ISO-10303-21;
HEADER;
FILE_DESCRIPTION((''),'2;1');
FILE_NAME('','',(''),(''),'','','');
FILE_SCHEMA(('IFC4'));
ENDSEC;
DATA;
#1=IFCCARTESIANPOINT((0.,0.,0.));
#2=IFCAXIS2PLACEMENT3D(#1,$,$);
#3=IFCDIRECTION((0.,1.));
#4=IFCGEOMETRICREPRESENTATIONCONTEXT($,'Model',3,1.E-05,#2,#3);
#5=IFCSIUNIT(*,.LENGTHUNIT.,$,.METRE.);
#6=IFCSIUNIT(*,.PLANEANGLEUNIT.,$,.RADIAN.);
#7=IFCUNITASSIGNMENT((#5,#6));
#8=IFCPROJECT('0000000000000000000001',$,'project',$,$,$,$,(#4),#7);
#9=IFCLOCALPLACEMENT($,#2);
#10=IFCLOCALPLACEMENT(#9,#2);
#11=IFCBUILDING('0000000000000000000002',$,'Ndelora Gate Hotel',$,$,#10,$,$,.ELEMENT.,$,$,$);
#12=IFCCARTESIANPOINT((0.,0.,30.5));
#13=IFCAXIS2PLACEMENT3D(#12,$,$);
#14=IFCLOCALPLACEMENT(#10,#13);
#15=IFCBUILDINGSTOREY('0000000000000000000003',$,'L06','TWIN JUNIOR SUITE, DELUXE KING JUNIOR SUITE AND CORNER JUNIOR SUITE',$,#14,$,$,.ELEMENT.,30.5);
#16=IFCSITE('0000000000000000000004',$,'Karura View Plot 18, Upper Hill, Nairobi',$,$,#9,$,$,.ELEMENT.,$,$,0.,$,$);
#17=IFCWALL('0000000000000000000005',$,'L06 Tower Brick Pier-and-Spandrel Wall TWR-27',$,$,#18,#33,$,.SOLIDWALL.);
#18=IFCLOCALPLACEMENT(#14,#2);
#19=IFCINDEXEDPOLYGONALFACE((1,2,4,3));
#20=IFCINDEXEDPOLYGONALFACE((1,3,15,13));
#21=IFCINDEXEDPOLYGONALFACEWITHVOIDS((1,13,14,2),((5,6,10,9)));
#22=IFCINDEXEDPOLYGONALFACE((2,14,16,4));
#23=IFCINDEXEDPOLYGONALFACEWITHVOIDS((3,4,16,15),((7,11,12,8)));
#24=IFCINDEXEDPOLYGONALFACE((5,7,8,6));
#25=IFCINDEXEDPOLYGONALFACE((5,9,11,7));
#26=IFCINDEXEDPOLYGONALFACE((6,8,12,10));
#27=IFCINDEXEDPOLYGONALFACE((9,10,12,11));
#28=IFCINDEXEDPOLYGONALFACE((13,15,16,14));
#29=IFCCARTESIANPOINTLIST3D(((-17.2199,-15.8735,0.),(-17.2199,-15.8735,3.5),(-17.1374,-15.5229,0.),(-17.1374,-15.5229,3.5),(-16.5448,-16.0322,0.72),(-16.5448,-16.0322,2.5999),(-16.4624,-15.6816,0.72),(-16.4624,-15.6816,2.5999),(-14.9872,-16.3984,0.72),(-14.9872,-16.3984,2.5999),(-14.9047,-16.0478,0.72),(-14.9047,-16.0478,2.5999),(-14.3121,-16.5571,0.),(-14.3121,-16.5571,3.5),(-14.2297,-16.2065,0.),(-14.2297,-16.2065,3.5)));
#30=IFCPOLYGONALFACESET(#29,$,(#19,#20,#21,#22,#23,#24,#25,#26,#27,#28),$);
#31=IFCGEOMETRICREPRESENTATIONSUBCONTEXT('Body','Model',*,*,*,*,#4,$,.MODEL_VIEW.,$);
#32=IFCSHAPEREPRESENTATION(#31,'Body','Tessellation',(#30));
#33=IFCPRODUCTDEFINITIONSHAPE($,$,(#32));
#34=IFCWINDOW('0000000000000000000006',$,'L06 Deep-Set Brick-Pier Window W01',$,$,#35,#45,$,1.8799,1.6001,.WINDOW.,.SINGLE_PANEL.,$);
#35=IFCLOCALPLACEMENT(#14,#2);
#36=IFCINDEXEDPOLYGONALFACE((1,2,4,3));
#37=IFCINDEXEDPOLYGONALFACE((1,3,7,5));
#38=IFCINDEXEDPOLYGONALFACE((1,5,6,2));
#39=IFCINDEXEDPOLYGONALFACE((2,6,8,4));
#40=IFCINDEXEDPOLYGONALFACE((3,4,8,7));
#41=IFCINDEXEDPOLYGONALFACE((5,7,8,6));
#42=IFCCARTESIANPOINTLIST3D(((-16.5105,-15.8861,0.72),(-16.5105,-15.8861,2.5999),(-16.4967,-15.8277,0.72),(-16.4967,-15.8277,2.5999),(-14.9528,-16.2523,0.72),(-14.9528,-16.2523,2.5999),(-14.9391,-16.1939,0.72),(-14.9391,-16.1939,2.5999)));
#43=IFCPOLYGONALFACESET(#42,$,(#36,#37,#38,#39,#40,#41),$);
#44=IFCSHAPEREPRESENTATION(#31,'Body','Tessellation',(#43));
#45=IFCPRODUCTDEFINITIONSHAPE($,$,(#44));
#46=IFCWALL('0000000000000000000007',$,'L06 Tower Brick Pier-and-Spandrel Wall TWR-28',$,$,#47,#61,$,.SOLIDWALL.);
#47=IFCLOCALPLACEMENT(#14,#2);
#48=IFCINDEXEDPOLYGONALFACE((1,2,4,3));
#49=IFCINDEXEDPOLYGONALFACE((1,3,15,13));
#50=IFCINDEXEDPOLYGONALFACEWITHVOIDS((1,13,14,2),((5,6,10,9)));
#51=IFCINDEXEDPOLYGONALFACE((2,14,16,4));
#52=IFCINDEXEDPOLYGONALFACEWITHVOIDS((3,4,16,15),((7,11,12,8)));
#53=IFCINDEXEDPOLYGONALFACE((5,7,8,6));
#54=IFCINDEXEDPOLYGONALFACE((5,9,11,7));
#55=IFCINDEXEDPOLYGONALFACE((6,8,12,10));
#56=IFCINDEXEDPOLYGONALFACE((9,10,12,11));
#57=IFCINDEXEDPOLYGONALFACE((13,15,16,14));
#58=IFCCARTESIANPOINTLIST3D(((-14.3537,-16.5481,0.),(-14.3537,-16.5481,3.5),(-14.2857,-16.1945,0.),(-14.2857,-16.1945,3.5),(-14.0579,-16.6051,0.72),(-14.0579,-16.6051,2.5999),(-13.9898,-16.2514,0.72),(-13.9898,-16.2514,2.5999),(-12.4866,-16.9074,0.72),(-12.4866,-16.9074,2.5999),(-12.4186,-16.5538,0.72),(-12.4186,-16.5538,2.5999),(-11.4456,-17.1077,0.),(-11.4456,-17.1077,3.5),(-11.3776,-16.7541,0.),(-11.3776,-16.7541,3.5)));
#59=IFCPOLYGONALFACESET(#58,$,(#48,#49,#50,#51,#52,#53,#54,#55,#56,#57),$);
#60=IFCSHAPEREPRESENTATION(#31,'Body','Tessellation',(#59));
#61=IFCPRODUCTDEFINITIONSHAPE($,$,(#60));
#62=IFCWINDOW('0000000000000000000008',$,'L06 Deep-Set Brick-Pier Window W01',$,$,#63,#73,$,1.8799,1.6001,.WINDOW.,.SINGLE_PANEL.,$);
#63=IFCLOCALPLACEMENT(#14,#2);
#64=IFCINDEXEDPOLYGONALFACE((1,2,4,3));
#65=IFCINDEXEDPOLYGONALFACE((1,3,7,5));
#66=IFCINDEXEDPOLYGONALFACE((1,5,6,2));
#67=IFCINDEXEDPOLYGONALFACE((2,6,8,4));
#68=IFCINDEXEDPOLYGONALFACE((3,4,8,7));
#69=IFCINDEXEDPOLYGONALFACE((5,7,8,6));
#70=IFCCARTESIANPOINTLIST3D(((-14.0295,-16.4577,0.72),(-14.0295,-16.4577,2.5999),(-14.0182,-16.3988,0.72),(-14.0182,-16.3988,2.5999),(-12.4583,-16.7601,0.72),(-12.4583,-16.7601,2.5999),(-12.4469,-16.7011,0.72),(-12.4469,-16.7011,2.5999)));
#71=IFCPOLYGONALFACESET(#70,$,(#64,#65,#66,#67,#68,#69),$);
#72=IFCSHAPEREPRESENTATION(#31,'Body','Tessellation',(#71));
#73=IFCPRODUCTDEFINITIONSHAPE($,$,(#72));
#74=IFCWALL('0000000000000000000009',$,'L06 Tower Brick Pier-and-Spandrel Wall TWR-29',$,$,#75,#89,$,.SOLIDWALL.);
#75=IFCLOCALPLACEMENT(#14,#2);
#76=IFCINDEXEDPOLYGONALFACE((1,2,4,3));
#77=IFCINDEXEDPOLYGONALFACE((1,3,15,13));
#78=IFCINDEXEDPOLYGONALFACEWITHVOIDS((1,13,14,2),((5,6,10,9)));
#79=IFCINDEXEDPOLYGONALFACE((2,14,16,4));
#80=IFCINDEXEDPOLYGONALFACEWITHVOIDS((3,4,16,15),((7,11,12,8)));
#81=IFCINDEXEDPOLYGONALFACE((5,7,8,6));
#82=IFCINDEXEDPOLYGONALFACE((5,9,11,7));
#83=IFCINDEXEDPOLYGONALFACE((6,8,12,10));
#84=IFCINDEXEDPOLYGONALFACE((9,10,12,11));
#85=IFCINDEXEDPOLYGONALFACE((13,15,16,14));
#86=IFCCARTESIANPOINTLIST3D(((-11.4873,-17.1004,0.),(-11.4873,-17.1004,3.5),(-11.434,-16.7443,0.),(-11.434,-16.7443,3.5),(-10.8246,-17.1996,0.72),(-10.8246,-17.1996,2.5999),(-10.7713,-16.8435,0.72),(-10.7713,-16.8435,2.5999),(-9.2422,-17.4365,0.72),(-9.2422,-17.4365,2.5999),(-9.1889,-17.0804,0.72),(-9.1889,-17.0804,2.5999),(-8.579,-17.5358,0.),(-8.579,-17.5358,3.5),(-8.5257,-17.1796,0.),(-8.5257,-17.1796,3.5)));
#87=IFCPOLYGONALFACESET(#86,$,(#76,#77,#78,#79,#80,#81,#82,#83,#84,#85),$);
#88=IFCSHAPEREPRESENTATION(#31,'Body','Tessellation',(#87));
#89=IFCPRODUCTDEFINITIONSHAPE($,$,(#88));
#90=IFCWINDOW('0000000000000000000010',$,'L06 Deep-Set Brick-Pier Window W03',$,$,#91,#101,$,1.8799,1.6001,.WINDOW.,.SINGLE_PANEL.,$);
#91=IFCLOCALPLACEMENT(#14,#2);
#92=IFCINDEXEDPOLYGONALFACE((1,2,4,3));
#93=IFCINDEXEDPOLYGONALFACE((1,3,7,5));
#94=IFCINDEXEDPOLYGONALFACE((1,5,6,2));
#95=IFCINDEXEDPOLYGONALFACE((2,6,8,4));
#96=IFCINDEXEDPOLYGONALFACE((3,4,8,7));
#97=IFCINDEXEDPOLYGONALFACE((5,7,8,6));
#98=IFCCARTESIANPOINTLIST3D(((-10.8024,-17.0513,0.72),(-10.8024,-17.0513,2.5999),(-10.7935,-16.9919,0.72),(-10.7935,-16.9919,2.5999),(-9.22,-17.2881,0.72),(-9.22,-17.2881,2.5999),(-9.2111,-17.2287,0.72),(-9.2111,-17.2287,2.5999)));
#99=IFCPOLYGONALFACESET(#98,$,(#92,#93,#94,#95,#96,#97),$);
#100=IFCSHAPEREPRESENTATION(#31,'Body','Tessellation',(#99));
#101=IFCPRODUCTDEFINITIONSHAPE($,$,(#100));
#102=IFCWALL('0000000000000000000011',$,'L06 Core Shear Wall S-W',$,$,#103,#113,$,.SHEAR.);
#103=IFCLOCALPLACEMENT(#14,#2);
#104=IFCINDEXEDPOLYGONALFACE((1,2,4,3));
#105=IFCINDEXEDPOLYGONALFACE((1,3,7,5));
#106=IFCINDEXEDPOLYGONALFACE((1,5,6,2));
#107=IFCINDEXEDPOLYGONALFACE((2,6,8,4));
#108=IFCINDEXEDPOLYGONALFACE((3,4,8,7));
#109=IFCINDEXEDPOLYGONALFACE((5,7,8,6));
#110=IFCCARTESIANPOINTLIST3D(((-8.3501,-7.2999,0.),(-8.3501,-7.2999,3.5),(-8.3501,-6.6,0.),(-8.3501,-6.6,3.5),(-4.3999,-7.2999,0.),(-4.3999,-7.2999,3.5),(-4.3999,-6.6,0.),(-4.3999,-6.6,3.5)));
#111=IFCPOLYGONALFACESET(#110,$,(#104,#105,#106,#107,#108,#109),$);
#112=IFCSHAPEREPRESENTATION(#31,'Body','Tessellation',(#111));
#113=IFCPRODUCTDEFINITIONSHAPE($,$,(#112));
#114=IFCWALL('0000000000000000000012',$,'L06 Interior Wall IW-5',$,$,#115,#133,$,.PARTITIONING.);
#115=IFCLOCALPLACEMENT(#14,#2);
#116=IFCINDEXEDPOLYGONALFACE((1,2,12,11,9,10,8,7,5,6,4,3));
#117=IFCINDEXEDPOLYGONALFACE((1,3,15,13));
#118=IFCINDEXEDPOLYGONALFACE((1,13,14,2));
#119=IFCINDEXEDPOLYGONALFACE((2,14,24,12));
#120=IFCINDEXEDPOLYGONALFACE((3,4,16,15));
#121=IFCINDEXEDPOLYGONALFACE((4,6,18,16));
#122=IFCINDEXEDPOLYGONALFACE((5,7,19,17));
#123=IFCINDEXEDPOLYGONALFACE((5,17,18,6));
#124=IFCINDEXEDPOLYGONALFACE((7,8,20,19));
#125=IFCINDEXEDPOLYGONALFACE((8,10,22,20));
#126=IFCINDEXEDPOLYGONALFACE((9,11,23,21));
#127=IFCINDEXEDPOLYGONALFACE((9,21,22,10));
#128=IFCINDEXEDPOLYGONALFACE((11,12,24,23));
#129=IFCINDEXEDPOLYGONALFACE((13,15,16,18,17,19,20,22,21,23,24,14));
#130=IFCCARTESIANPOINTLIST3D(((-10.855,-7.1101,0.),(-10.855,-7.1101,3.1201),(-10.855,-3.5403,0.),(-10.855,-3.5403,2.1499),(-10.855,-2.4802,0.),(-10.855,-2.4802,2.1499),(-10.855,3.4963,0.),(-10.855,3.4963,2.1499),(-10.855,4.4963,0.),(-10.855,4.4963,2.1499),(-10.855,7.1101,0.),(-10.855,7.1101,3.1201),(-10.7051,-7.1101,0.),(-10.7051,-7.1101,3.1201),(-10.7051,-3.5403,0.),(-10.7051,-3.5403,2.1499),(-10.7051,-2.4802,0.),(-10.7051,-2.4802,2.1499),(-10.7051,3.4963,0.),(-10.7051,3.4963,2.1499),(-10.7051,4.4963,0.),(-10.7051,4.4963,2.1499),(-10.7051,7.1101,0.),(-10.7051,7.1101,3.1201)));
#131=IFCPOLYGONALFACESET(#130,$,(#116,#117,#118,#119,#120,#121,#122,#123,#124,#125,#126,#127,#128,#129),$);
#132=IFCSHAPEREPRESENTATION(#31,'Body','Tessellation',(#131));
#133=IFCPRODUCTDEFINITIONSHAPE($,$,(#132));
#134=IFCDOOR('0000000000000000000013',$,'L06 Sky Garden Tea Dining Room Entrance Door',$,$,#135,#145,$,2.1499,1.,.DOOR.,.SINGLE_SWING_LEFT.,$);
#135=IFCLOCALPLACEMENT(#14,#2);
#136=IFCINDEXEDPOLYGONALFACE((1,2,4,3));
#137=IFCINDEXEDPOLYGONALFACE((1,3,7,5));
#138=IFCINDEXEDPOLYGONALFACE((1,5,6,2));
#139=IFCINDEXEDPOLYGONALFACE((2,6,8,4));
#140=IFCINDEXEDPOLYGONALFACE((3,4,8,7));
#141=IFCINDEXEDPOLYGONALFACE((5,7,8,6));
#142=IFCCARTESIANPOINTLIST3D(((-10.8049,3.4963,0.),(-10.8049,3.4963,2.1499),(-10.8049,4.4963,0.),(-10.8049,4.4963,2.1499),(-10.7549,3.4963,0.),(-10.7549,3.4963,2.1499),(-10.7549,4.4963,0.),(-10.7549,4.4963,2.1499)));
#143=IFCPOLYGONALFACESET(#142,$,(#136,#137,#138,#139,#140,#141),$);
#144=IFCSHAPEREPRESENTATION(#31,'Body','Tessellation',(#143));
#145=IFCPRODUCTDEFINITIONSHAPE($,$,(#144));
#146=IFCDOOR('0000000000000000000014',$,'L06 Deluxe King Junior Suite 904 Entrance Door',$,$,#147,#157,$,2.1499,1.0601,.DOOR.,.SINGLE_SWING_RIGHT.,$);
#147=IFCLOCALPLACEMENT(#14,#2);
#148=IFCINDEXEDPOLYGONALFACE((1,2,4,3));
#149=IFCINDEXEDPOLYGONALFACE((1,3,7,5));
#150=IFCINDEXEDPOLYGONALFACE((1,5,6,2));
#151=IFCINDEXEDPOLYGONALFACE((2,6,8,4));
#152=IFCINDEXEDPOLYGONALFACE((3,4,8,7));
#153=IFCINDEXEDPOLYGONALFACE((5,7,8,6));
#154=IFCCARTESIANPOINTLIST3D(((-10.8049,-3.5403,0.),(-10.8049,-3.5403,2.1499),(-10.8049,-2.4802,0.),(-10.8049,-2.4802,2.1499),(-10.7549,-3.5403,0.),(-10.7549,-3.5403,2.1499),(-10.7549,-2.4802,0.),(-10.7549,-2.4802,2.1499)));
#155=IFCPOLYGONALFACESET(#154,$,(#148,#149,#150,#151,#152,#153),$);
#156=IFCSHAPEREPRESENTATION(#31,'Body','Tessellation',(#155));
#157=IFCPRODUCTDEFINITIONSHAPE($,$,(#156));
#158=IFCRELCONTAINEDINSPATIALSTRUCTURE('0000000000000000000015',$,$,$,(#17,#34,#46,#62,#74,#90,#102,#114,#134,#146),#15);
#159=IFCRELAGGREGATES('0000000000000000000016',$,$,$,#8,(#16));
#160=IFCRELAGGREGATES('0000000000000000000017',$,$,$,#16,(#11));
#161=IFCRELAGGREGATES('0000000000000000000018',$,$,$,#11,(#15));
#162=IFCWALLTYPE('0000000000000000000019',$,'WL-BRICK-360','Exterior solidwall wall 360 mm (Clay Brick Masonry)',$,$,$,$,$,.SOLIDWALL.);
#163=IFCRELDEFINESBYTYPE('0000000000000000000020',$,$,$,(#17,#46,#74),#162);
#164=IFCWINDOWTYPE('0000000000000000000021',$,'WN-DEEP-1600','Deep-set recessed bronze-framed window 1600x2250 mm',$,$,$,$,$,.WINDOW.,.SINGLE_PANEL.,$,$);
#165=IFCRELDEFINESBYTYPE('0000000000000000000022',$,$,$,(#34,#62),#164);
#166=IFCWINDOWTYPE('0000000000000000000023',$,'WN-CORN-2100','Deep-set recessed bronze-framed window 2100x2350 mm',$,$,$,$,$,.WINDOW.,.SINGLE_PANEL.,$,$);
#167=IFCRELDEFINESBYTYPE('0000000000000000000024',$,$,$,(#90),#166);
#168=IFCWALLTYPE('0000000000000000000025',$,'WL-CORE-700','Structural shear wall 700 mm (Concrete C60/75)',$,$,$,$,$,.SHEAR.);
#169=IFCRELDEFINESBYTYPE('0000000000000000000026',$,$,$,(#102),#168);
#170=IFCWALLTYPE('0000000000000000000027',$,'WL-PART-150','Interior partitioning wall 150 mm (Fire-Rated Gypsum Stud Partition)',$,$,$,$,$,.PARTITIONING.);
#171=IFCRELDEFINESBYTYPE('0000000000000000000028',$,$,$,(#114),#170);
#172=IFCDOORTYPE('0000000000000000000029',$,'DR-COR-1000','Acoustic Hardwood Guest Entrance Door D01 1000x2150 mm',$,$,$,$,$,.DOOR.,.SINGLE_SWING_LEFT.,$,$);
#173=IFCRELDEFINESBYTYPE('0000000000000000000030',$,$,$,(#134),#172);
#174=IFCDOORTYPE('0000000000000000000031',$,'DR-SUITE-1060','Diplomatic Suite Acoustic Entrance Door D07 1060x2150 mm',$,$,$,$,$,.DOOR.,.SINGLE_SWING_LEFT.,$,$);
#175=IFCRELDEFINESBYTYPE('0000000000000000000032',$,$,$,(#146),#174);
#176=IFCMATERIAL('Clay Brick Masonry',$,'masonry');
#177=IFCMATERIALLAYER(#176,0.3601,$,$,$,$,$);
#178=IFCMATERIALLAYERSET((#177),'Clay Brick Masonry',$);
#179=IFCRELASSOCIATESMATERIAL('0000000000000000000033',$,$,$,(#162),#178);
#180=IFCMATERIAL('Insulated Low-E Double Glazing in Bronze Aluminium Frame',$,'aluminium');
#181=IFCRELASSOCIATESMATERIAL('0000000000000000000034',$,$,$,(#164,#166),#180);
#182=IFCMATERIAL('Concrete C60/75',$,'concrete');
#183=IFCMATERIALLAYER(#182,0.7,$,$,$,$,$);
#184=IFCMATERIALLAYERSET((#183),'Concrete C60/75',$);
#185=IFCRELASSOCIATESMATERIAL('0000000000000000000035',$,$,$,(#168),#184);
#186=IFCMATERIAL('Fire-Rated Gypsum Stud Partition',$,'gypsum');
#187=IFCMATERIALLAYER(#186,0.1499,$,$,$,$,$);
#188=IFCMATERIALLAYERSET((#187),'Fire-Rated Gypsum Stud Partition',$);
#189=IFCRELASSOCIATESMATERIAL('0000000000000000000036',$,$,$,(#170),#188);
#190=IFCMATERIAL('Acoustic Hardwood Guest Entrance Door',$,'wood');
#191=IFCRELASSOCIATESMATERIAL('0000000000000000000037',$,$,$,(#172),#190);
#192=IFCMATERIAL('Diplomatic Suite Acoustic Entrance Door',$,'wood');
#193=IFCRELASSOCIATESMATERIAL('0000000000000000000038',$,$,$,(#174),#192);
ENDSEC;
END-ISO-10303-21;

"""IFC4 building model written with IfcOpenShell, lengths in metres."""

from ifc_helpers import new_model, si_unit, direction, frame, frame_2d, origin, place, context, subcontext, project, spatial, rectangle, extrude, material, layer, layer_set, type_object, element, fill, save


model = new_model("IFC4")

# Units and contexts
model_context = context("Model", 3, precision=1e-05, world=origin(), true_north=direction((0.0, 1.0)))
body_context = subcontext(model_context, "Body", "Model", "MODEL_VIEW")
ifc_project = project(units=[si_unit("LENGTHUNIT", "METRE"), si_unit("PLANEANGLEUNIT", "RADIAN")], contexts=[model_context])

# Site, building, storey
site_placement = place(None, origin())
site = spatial("IfcSite", under=ifc_project, at=site_placement, Name="Karura View Plot 18, Upper Hill, Nairobi", CompositionType="ELEMENT", RefElevation=0.0)
building_placement = place(site_placement, origin())
building = spatial("IfcBuilding", under=site, at=building_placement, Name="Ndelora Gate Hotel", CompositionType="ELEMENT")
storey_placement = place(building_placement, frame((0.0, 0.0, 30.5)))
storey = spatial("IfcBuildingStorey", under=building, at=storey_placement, Name="L06", Description="TWIN JUNIOR SUITE, DELUXE KING JUNIOR SUITE AND CORNER JUNIOR SUITE", CompositionType="ELEMENT", Elevation=30.5)

# Walls, openings, windows
ifc_material_1 = material(Name="Clay Brick Masonry", Category="masonry")
ifc_layer_1 = layer(ifc_material_1, 0.3601)
ifc_layer_set_1 = layer_set([ifc_layer_1], Name="Clay Brick Masonry")
wall_type_1 = type_object("IfcWallType", Name="WL-BRICK-360", Description="Exterior solidwall wall 360 mm (Clay Brick Masonry)", PredefinedType="SOLIDWALL", material=ifc_layer_set_1)
wall_1_placement = place(storey_placement, frame((-14.2708, -16.3818, 0.0), z_axis=(0.0, 0.0, 1.0), x_axis=(-0.97346, 0.228857, 0.0)))
wall_1 = element("IfcWall", 1, at=wall_1_placement, inside=storey, type_object=wall_type_1, Name="L06 Tower Brick Pier-and-Spandrel Wall TWR-27", PredefinedType="SOLIDWALL", context=body_context, shape_type="SweptSolid", body=[
    extrude(rectangle(XDim=2.9871, YDim=0.3601, at=frame_2d((1.4937, 0.0))), origin(), (0.0, 0.0, 1.0), 3.5),
])
opening_1_placement = place(wall_1_placement, frame((0.6936, 0.0, 0.72)))
opening_1 = element("IfcOpeningElement", 2, at=opening_1_placement, cuts=wall_1, PredefinedType="OPENING", context=body_context, shape_type="SweptSolid", body=[
    extrude(rectangle(XDim=1.6001, YDim=1.8799, at=frame_2d((0.8, 0.9399))), frame((0.0, 0.1899, 0.0), z_axis=(0.0, -1.0, 0.0), x_axis=(1.0, 0.0, 0.0)), (0.0, 0.0, 1.0), 0.3801),
])
ifc_material_2 = material(Name="Insulated Low-E Double Glazing in Bronze Aluminium Frame", Category="aluminium")
window_type_1 = type_object("IfcWindowType", Name="WN-DEEP-1600", Description="Deep-set recessed bronze-framed window 1600x2250 mm", PartitioningType="SINGLE_PANEL", PredefinedType="WINDOW", material=ifc_material_2)
window_1_placement = place(opening_1_placement, origin())
window_1 = element("IfcWindow", 3, at=window_1_placement, inside=storey, type_object=window_type_1, Name="L06 Deep-Set Brick-Pier Window W01", OverallHeight=1.8799, OverallWidth=1.6001, PartitioningType="SINGLE_PANEL", PredefinedType="WINDOW", context=body_context, shape_type="SweptSolid", body=[
    extrude(rectangle(XDim=1.6001, YDim=1.8799, at=frame_2d((0.8, 0.9399))), frame((0.0, 0.03, 0.0), z_axis=(0.0, -1.0, 0.0), x_axis=(1.0, 0.0, 0.0)), (0.0, 0.0, 1.0), 0.0601),
])
fill(opening_1, window_1)
wall_2_placement = place(storey_placement, frame((-11.4116, -16.9309, 0.0), z_axis=(0.0, 0.0, 1.0), x_axis=(-0.981985, 0.188961, 0.0)))
wall_2 = element("IfcWall", 4, at=wall_2_placement, inside=storey, type_object=wall_type_1, Name="L06 Tower Brick Pier-and-Spandrel Wall TWR-28", PredefinedType="SOLIDWALL", context=body_context, shape_type="SweptSolid", body=[
    extrude(rectangle(XDim=2.9614, YDim=0.3601, at=frame_2d((1.4807, 0.0))), origin(), (0.0, 0.0, 1.0), 3.5),
])
opening_2_placement = place(wall_2_placement, frame((1.0601, 0.0, 0.72)))
opening_2 = element("IfcOpeningElement", 5, at=opening_2_placement, cuts=wall_2, PredefinedType="OPENING", context=body_context, shape_type="SweptSolid", body=[
    extrude(rectangle(XDim=1.6001, YDim=1.8799, at=frame_2d((0.8, 0.9399))), frame((0.0, 0.1899, 0.0), z_axis=(0.0, -1.0, 0.0), x_axis=(1.0, 0.0, 0.0)), (0.0, 0.0, 1.0), 0.3801),
])
window_2_placement = place(opening_2_placement, origin())
window_2 = element("IfcWindow", 6, at=window_2_placement, inside=storey, type_object=window_type_1, Name="L06 Deep-Set Brick-Pier Window W01", OverallHeight=1.8799, OverallWidth=1.6001, PartitioningType="SINGLE_PANEL", PredefinedType="WINDOW", context=body_context, shape_type="SweptSolid", body=[
    extrude(rectangle(XDim=1.6001, YDim=1.8799, at=frame_2d((0.8, 0.9399))), frame((0.0, 0.03, 0.0), z_axis=(0.0, -1.0, 0.0), x_axis=(1.0, 0.0, 0.0)), (0.0, 0.0, 1.0), 0.0601),
])
fill(opening_2, window_2)
wall_3_placement = place(storey_placement, frame((-8.5525, -17.3577, 0.0), z_axis=(0.0, 0.0, 1.0), x_axis=(-0.988983, 0.148032, 0.0)))
wall_3 = element("IfcWall", 7, at=wall_3_placement, inside=storey, type_object=wall_type_1, Name="L06 Tower Brick Pier-and-Spandrel Wall TWR-29", PredefinedType="SOLIDWALL", context=body_context, shape_type="SweptSolid", body=[
    extrude(rectangle(XDim=2.9407, YDim=0.3601, at=frame_2d((1.4702, 0.0))), origin(), (0.0, 0.0, 1.0), 3.5),
])
opening_3_placement = place(wall_3_placement, frame((0.6704, 0.0, 0.72)))
opening_3 = element("IfcOpeningElement", 8, at=opening_3_placement, cuts=wall_3, PredefinedType="OPENING", context=body_context, shape_type="SweptSolid", body=[
    extrude(rectangle(XDim=1.6001, YDim=1.8799, at=frame_2d((0.8, 0.9399))), frame((0.0, 0.1899, 0.0), z_axis=(0.0, -1.0, 0.0), x_axis=(1.0, 0.0, 0.0)), (0.0, 0.0, 1.0), 0.3801),
])
window_type_2 = type_object("IfcWindowType", Name="WN-CORN-2100", Description="Deep-set recessed bronze-framed window 2100x2350 mm", PartitioningType="SINGLE_PANEL", PredefinedType="WINDOW", material=ifc_material_2)
window_3_placement = place(opening_3_placement, origin())
window_3 = element("IfcWindow", 9, at=window_3_placement, inside=storey, type_object=window_type_2, Name="L06 Deep-Set Brick-Pier Window W03", OverallHeight=1.8799, OverallWidth=1.6001, PartitioningType="SINGLE_PANEL", PredefinedType="WINDOW", context=body_context, shape_type="SweptSolid", body=[
    extrude(rectangle(XDim=1.6001, YDim=1.8799, at=frame_2d((0.8, 0.9399))), frame((0.0, 0.03, 0.0), z_axis=(0.0, -1.0, 0.0), x_axis=(1.0, 0.0, 0.0)), (0.0, 0.0, 1.0), 0.0601),
])
fill(opening_3, window_3)

# Wall
ifc_material_3 = material(Name="Concrete C60/75", Category="concrete")
ifc_layer_2 = layer(ifc_material_3, 0.7)
ifc_layer_set_2 = layer_set([ifc_layer_2], Name="Concrete C60/75")
wall_type_2 = type_object("IfcWallType", Name="WL-CORE-700", Description="Structural shear wall 700 mm (Concrete C60/75)", PredefinedType="SHEAR", material=ifc_layer_set_2)
wall_4_placement = place(storey_placement, frame((-8.3501, -6.95, 0.0), z_axis=(0.0, 0.0, 1.0), x_axis=(1.0, 0.0, 0.0)))
element("IfcWall", 10, at=wall_4_placement, inside=storey, type_object=wall_type_2, Name="L06 Core Shear Wall S-W", PredefinedType="SHEAR", context=body_context, shape_type="SweptSolid", body=[
    extrude(rectangle(XDim=3.9502, YDim=0.7, at=frame_2d((1.9751, 0.0))), origin(), (0.0, 0.0, 1.0), 3.5),
])

# Wall, openings, doors
ifc_material_4 = material(Name="Fire-Rated Gypsum Stud Partition", Category="gypsum")
ifc_layer_3 = layer(ifc_material_4, 0.1499)
ifc_layer_set_3 = layer_set([ifc_layer_3], Name="Fire-Rated Gypsum Stud Partition")
wall_type_3 = type_object("IfcWallType", Name="WL-PART-150", Description="Interior partitioning wall 150 mm (Fire-Rated Gypsum Stud Partition)", PredefinedType="PARTITIONING", material=ifc_layer_set_3)
wall_5_placement = place(storey_placement, frame((-10.78, -7.1101, 0.0), z_axis=(0.0, 0.0, 1.0), x_axis=(0.0, 1.0, 0.0)))
wall_5 = element("IfcWall", 11, at=wall_5_placement, inside=storey, type_object=wall_type_3, Name="L06 Interior Wall IW-5", PredefinedType="PARTITIONING", context=body_context, shape_type="SweptSolid", body=[
    extrude(rectangle(XDim=14.2202, YDim=0.1499, at=frame_2d((7.1101, 0.0))), origin(), (0.0, 0.0, 1.0), 3.1201),
])
opening_4_placement = place(wall_5_placement, frame((10.6064, 0.0, 0.0)))
opening_4 = element("IfcOpeningElement", 12, at=opening_4_placement, cuts=wall_5, PredefinedType="OPENING", context=body_context, shape_type="SweptSolid", body=[
    extrude(rectangle(XDim=1.0, YDim=2.1499, at=frame_2d((0.5, 1.075))), frame((0.0, 0.085, 0.0), z_axis=(0.0, -1.0, 0.0), x_axis=(1.0, 0.0, 0.0)), (0.0, 0.0, 1.0), 0.1699),
])
opening_5_placement = place(wall_5_placement, frame((3.5698, 0.0, 0.0)))
opening_5 = element("IfcOpeningElement", 13, at=opening_5_placement, cuts=wall_5, PredefinedType="OPENING", context=body_context, shape_type="SweptSolid", body=[
    extrude(rectangle(XDim=1.0601, YDim=2.1499, at=frame_2d((0.53, 1.075))), frame((0.0, 0.085, 0.0), z_axis=(0.0, -1.0, 0.0), x_axis=(1.0, 0.0, 0.0)), (0.0, 0.0, 1.0), 0.1699),
])
ifc_material_5 = material(Name="Acoustic Hardwood Guest Entrance Door", Category="wood")
door_type_1 = type_object("IfcDoorType", Name="DR-COR-1000", Description="Acoustic Hardwood Guest Entrance Door D01 1000x2150 mm", OperationType="SINGLE_SWING_LEFT", PredefinedType="DOOR", material=ifc_material_5)
door_1_placement = place(opening_4_placement, origin())
door_1 = element("IfcDoor", 14, at=door_1_placement, inside=storey, type_object=door_type_1, Name="L06 Sky Garden Tea Dining Room Entrance Door", OperationType="SINGLE_SWING_LEFT", OverallHeight=2.1499, OverallWidth=1.0, PredefinedType="DOOR", context=body_context, shape_type="SweptSolid", body=[
    extrude(rectangle(XDim=1.0, YDim=2.1499, at=frame_2d((0.5, 1.075))), frame((0.0, 0.0249, 0.0), z_axis=(0.0, -1.0, 0.0), x_axis=(1.0, 0.0, 0.0)), (0.0, 0.0, 1.0), 0.05),
])
fill(opening_4, door_1)
ifc_material_6 = material(Name="Diplomatic Suite Acoustic Entrance Door", Category="wood")
door_type_2 = type_object("IfcDoorType", Name="DR-SUITE-1060", Description="Diplomatic Suite Acoustic Entrance Door D07 1060x2150 mm", OperationType="SINGLE_SWING_LEFT", PredefinedType="DOOR", material=ifc_material_6)
door_2_placement = place(opening_5_placement, origin())
door_2 = element("IfcDoor", 15, at=door_2_placement, inside=storey, type_object=door_type_2, Name="L06 Deluxe King Junior Suite 904 Entrance Door", OperationType="SINGLE_SWING_RIGHT", OverallHeight=2.1499, OverallWidth=1.0601, PredefinedType="DOOR", context=body_context, shape_type="SweptSolid", body=[
    extrude(rectangle(XDim=1.0601, YDim=2.1499, at=frame_2d((0.53, 1.075))), frame((0.0, 0.0249, 0.0), z_axis=(0.0, -1.0, 0.0), x_axis=(1.0, 0.0, 0.0)), (0.0, 0.0, 1.0), 0.05),
])
fill(opening_5, door_2)

save(model, "model.ifc")
